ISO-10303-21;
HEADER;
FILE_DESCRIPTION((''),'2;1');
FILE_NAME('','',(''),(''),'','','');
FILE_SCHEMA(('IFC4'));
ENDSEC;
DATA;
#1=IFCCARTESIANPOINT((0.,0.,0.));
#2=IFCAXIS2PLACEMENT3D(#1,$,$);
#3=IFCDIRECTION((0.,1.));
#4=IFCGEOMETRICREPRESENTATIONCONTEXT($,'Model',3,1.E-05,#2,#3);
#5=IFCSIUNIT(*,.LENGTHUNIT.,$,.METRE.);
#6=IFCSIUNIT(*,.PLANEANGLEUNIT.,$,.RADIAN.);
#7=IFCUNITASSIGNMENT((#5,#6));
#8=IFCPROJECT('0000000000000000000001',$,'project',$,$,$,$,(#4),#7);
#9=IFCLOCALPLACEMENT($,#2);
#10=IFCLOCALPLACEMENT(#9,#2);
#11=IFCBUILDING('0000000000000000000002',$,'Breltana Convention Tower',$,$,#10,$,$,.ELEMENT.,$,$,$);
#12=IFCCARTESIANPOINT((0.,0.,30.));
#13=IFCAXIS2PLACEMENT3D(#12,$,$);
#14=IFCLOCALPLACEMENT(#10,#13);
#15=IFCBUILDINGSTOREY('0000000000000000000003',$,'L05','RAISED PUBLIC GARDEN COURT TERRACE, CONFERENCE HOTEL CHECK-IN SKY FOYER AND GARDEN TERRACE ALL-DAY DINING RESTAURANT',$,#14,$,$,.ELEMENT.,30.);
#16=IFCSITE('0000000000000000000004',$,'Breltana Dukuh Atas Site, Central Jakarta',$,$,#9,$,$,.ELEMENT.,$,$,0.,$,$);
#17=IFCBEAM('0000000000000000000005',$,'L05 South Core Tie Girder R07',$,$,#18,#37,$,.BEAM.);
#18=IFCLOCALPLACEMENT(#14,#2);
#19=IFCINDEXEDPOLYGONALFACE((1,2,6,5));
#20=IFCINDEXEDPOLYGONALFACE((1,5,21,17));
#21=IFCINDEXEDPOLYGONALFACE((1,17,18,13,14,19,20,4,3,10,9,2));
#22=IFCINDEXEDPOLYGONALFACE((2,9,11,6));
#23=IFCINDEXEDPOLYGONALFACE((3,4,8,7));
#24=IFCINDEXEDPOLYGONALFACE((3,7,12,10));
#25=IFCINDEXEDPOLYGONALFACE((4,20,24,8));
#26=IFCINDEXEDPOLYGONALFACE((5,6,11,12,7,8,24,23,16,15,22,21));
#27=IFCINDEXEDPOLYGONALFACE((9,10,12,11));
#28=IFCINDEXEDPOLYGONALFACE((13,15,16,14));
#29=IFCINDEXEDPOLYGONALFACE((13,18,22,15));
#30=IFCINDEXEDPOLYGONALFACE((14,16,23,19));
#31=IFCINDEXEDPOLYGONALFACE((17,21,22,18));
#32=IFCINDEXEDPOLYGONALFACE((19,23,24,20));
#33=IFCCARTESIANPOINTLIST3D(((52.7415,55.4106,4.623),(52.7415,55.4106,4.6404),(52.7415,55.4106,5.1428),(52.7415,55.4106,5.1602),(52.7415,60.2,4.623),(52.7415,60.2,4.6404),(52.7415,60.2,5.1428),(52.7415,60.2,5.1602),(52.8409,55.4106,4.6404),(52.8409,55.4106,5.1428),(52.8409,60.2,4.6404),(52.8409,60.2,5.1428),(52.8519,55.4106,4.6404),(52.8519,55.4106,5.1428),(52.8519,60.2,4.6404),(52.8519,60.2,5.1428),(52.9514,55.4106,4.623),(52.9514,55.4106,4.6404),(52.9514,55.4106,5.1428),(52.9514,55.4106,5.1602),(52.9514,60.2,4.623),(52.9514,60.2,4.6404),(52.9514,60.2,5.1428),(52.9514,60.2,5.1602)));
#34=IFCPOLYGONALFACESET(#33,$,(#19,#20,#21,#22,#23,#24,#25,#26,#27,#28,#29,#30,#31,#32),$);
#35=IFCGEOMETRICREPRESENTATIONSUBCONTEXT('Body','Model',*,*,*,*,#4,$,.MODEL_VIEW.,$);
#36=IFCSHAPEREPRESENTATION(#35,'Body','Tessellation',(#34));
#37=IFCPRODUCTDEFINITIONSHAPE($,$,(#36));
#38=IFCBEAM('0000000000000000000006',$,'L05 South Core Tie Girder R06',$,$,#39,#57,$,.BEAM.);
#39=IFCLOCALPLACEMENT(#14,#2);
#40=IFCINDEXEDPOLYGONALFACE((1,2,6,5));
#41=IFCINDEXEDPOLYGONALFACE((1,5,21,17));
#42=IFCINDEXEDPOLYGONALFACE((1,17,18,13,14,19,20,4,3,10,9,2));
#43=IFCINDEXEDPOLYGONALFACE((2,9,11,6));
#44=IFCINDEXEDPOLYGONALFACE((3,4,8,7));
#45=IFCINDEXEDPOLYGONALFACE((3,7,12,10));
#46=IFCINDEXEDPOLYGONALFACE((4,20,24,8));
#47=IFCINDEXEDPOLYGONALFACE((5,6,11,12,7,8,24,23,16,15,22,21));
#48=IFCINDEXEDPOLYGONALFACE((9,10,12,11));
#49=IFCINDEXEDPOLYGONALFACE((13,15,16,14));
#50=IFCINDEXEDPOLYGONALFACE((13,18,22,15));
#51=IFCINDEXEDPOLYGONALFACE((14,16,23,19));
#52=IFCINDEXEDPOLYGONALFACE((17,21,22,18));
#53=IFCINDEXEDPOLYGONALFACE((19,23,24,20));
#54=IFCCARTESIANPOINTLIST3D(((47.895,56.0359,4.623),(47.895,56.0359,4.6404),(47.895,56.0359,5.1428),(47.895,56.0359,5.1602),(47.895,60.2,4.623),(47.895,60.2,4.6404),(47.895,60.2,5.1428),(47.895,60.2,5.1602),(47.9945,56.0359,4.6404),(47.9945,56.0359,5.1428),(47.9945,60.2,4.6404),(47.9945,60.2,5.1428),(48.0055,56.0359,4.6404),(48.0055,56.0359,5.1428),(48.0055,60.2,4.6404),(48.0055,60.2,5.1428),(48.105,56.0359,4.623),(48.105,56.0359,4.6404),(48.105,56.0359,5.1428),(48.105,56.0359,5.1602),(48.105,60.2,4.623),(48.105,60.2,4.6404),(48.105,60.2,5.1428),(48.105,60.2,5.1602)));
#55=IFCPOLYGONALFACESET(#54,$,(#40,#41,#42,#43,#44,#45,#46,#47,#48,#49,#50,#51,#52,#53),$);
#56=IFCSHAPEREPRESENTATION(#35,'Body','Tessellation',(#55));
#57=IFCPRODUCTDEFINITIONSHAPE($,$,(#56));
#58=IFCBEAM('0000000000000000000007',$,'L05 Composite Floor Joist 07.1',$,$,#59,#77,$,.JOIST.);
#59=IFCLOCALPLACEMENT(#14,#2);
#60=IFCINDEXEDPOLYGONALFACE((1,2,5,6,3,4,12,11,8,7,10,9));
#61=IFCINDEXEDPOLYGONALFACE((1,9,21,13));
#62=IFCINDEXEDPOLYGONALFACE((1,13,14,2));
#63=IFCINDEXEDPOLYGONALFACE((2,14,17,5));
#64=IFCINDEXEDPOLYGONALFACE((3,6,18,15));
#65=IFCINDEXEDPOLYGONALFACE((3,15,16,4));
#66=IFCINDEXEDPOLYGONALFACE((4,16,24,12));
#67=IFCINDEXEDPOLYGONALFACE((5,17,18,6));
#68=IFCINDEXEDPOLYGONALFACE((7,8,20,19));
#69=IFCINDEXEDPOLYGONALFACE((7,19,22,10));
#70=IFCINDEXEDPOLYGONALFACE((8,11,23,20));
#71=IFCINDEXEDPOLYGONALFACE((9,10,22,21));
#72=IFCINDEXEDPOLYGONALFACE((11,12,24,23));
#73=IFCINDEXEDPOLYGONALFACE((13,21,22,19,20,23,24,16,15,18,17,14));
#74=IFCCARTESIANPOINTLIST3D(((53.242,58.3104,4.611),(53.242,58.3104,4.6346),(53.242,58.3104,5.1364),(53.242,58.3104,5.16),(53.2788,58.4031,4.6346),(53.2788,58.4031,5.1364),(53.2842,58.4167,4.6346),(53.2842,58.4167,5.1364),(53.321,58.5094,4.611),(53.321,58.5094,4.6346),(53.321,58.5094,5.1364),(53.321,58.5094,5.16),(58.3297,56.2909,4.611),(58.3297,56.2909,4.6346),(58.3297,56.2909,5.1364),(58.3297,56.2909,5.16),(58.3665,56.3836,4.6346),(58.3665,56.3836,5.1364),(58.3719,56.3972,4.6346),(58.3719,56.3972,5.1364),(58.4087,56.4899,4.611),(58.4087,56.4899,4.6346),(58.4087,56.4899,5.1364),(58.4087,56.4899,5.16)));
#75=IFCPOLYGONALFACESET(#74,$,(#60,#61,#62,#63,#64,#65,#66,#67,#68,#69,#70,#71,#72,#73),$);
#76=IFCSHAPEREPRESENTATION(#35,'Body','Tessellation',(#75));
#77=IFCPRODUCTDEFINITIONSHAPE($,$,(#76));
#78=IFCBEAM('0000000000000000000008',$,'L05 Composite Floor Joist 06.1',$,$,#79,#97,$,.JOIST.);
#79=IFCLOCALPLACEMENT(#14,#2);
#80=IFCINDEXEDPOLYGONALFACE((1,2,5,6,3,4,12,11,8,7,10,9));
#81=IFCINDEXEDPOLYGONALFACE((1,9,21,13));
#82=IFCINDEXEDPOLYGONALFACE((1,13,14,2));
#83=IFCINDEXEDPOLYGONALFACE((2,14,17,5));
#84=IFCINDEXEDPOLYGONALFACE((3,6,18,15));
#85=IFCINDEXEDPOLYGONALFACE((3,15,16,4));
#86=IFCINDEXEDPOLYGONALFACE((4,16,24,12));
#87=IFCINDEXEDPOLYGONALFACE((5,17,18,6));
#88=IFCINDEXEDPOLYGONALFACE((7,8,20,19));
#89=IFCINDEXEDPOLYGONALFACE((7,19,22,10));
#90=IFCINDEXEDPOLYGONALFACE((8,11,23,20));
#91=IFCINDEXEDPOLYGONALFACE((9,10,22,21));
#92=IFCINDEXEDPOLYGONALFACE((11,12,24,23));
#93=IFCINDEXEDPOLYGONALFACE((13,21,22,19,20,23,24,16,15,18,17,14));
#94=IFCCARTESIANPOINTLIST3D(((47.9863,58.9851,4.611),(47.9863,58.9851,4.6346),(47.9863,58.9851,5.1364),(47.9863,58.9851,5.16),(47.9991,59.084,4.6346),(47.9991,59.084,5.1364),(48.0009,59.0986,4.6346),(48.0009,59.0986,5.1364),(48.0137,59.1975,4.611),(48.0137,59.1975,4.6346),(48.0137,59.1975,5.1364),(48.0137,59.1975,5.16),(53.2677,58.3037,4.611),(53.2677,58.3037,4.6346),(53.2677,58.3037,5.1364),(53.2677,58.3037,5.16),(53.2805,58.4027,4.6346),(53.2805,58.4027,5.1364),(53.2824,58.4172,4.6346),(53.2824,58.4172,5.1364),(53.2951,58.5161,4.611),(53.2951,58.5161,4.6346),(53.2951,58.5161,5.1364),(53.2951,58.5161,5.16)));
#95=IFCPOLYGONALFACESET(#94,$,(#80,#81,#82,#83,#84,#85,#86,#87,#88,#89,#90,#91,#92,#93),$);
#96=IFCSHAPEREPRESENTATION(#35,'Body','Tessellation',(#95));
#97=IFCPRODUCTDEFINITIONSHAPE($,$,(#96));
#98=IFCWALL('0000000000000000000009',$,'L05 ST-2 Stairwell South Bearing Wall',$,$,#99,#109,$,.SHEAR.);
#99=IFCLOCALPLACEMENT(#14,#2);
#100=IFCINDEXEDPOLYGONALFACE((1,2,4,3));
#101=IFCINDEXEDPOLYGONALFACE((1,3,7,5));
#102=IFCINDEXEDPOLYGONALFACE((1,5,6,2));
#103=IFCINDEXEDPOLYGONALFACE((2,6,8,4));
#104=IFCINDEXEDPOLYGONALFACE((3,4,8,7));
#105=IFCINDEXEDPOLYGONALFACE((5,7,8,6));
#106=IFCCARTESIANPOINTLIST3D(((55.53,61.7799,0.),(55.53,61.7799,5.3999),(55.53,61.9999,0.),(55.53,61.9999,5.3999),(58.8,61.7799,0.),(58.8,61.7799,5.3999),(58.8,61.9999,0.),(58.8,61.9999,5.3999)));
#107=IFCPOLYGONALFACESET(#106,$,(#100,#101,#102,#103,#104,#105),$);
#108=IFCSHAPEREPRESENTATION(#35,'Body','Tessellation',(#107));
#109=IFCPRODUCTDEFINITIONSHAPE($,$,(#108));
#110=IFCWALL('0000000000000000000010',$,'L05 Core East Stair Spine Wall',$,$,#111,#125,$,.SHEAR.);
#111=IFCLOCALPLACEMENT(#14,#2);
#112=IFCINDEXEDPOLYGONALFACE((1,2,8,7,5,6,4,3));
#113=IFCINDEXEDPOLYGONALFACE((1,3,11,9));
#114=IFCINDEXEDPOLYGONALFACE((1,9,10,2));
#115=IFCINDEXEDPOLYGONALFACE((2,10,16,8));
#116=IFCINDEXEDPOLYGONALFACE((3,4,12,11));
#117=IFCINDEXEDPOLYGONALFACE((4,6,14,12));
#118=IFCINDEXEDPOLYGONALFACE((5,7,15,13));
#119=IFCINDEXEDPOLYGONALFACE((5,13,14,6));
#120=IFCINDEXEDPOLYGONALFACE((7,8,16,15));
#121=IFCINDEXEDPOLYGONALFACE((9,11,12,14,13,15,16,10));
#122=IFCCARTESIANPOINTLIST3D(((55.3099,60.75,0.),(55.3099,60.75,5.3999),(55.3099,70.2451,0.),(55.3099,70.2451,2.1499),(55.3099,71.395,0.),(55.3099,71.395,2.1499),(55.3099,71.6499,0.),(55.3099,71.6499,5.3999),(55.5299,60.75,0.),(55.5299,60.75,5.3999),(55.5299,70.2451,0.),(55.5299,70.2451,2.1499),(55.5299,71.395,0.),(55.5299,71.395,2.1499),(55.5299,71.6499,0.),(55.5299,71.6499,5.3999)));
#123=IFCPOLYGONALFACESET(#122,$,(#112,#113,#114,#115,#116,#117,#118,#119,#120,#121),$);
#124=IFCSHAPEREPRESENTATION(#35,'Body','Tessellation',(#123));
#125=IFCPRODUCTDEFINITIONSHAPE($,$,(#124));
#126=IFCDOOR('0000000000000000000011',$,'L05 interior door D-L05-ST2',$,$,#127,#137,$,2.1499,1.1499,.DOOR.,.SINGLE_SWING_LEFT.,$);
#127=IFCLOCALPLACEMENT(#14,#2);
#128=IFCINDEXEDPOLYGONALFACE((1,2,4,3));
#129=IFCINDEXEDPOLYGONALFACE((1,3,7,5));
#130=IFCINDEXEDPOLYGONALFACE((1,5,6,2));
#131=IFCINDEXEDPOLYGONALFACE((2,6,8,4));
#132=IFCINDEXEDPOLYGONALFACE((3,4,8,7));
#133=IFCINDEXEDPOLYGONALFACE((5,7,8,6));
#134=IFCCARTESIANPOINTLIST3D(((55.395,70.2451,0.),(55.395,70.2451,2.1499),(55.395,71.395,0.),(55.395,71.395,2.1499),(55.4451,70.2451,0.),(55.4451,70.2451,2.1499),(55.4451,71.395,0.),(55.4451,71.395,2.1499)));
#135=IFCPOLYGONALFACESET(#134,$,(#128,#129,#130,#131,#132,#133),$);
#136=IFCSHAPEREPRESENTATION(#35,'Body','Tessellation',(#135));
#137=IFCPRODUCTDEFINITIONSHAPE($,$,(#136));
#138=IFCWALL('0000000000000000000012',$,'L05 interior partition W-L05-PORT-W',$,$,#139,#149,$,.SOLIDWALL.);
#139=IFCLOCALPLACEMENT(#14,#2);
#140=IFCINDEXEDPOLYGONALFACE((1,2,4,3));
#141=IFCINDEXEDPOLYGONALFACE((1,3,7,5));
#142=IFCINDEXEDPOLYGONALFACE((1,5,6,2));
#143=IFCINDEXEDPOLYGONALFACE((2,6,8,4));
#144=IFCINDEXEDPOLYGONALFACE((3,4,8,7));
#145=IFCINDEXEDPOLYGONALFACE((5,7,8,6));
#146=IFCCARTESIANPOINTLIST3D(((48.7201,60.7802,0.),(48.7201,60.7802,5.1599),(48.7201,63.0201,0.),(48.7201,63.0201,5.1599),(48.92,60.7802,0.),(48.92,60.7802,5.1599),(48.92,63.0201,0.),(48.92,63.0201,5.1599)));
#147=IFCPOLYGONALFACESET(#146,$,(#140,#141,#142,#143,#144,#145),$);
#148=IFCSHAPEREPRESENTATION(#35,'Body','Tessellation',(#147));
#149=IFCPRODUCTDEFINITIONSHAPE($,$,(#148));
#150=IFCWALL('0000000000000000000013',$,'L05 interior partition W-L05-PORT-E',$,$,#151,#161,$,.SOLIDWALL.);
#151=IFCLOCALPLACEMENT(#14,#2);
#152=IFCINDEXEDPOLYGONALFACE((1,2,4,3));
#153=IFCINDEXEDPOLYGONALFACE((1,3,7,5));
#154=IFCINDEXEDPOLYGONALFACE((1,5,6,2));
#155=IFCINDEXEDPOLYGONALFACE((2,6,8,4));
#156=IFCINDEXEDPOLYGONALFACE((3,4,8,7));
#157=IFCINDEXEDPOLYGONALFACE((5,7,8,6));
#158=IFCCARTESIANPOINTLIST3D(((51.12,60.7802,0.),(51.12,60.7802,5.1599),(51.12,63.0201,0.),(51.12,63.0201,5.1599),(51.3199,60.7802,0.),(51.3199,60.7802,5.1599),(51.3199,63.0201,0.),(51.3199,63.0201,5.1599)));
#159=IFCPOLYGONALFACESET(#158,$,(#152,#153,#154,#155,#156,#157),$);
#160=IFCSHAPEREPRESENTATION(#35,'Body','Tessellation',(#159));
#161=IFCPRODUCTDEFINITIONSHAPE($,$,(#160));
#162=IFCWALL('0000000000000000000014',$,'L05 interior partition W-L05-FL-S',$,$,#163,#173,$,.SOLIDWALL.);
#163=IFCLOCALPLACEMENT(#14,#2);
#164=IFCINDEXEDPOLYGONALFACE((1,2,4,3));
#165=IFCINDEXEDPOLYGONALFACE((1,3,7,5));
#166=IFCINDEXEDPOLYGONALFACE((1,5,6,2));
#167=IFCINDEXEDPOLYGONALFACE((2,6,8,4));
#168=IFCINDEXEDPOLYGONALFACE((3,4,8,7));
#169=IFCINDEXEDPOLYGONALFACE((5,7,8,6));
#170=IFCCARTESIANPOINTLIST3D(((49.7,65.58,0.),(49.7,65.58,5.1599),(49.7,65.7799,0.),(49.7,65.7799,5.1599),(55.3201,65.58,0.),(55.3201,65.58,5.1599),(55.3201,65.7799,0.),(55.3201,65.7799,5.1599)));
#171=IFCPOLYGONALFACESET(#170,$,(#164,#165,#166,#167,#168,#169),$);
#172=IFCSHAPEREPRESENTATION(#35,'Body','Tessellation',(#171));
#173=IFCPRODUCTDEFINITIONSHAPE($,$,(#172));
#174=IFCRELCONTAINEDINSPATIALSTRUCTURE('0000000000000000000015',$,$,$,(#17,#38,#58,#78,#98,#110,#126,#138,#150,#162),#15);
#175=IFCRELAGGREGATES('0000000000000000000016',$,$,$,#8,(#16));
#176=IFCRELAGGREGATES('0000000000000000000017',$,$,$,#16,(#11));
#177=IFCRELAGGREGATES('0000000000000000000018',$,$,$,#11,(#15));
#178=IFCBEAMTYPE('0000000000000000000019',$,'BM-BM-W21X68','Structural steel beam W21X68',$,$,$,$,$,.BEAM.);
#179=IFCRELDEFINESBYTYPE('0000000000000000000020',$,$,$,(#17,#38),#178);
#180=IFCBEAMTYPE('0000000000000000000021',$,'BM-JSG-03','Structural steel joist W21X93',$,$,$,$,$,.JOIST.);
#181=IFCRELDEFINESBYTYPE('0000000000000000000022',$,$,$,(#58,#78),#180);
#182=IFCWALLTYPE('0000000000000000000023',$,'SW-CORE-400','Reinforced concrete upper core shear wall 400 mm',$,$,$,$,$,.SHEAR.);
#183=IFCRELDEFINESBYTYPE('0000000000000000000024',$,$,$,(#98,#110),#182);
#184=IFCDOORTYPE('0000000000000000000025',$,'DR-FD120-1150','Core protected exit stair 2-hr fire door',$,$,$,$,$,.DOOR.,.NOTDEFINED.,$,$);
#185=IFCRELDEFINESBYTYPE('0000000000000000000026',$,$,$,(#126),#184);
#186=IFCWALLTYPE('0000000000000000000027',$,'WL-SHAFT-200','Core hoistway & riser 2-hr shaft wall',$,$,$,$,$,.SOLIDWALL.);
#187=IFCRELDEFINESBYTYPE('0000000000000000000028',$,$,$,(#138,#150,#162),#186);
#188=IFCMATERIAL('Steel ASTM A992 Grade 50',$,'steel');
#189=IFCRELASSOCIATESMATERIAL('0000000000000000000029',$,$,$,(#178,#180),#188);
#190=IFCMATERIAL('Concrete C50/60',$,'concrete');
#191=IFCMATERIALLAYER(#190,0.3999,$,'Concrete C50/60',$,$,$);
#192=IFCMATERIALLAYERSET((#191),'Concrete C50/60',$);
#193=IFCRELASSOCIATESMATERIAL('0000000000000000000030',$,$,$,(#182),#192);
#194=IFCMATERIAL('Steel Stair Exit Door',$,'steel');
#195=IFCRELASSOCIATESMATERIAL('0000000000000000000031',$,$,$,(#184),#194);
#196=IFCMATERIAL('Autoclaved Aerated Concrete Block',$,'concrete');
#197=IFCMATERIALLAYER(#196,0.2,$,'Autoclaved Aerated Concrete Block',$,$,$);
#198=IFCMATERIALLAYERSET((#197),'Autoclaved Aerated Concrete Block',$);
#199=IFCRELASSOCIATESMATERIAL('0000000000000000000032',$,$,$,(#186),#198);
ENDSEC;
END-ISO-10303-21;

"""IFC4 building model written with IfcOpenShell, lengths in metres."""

from ifc_helpers import new_model, si_unit, direction, frame, frame_2d, origin, origin_2d, place, context, subcontext, project, spatial, rectangle, i_section, extrude, source, transform, mapped, material, layer, layer_set, material_profile, profile_set, type_object, type_shapes, element, fill, save


model = new_model("IFC4")

# Units and contexts
model_context = context("Model", 3, precision=1e-05, world=origin(), true_north=direction((0.0, 1.0)))
body_context = subcontext(model_context, "Body", "Model", "MODEL_VIEW")
ifc_project = project(units=[si_unit("LENGTHUNIT", "METRE"), si_unit("PLANEANGLEUNIT", "RADIAN")], contexts=[model_context])

# Site, building, storey
site_placement = place(None, origin())
site = spatial("IfcSite", under=ifc_project, at=site_placement, Name="Breltana Dukuh Atas Site, Central Jakarta", CompositionType="ELEMENT", RefElevation=0.0)
building_placement = place(site_placement, origin())
building = spatial("IfcBuilding", under=site, at=building_placement, Name="Breltana Convention Tower", CompositionType="ELEMENT")
storey_placement = place(building_placement, frame((0.0, 0.0, 30.0)))
storey = spatial("IfcBuildingStorey", under=building, at=storey_placement, Name="L05", Description="RAISED PUBLIC GARDEN COURT TERRACE, CONFERENCE HOTEL CHECK-IN SKY FOYER AND GARDEN TERRACE ALL-DAY DINING RESTAURANT", CompositionType="ELEMENT", Elevation=30.0)

# Beams
ifc_material_1 = material(Name="Steel ASTM A992 Grade 50", Category="steel")
ifc_material_profile_1 = material_profile(ifc_material_1, i_section(OverallWidth=0.21, OverallDepth=0.5371, WebThickness=0.011, FlangeThickness=0.0173, at=origin_2d()), Name="W21X68")
ifc_profile_set_1 = profile_set([ifc_material_profile_1], Name="Steel ASTM A992 Grade 50")
beam_type_1 = type_object("IfcBeamType", Name="BM-BM-W21X68", Description="Structural steel beam W21X68", PredefinedType="BEAM", material=ifc_profile_set_1)
shared_shape_1 = source(origin(), body_context, "Body", "SweptSolid", [
    extrude(i_section(OverallWidth=0.21, OverallDepth=0.5371, WebThickness=0.011, FlangeThickness=0.0173, at=origin_2d()), origin(), (0.0, 0.0, 1.0), 4.7893),
])
beam_1_placement = place(storey_placement, frame((52.8464, 60.2, 4.8916), z_axis=(0.0, -1.0, 0.0), x_axis=(1.0, 0.0, 0.0)))
element("IfcBeam", 1, at=beam_1_placement, inside=storey, type_object=beam_type_1, Name="L05 South Core Tie Girder R07", PredefinedType="BEAM", context=body_context, shape_type="MappedRepresentation", body=[
    mapped(shared_shape_1, transform((0.0, 0.0, 0.0), scale=1.0)),
])
shared_shape_2 = source(origin(), body_context, "Body", "SweptSolid", [
    extrude(i_section(OverallWidth=0.21, OverallDepth=0.5371, WebThickness=0.011, FlangeThickness=0.0173, at=origin_2d()), origin(), (0.0, 0.0, 1.0), 4.1641),
])
beam_2_placement = place(storey_placement, frame((48.0, 60.2, 4.8916), z_axis=(0.0, -1.0, 0.0), x_axis=(1.0, 0.0, 0.0)))
element("IfcBeam", 2, at=beam_2_placement, inside=storey, type_object=beam_type_1, Name="L05 South Core Tie Girder R06", PredefinedType="BEAM", context=body_context, shape_type="MappedRepresentation", body=[
    mapped(shared_shape_2, transform((0.0, 0.0, 0.0), scale=1.0)),
])
ifc_material_profile_2 = material_profile(ifc_material_1, i_section(OverallWidth=0.2141, OverallDepth=0.5491, WebThickness=0.0146, FlangeThickness=0.0237, at=origin_2d()), Name="W21X93")
ifc_profile_set_2 = profile_set([ifc_material_profile_2], Name="Steel ASTM A992 Grade 50")
beam_type_2 = type_object("IfcBeamType", Name="BM-JSG-03", Description="Structural steel joist W21X93", PredefinedType="JOIST", material=ifc_profile_set_2)
shared_shape_3 = source(origin(), body_context, "Body", "SweptSolid", [
    extrude(i_section(OverallWidth=0.2141, OverallDepth=0.5491, WebThickness=0.0146, FlangeThickness=0.0237, at=origin_2d()), origin(), (0.0, 0.0, 1.0), 5.4739),
])
beam_3_placement = place(storey_placement, frame((53.2815, 58.4099, 4.8855), z_axis=(0.929452, -0.368944, 0.0), x_axis=(0.368944, 0.929452, 0.0)))
element("IfcBeam", 3, at=beam_3_placement, inside=storey, type_object=beam_type_2, Name="L05 Composite Floor Joist 07.1", PredefinedType="JOIST", context=body_context, shape_type="MappedRepresentation", body=[
    mapped(shared_shape_3, transform((0.0, 0.0, 0.0), scale=1.0)),
])
shared_shape_4 = source(origin(), body_context, "Body", "SweptSolid", [
    extrude(i_section(OverallWidth=0.2141, OverallDepth=0.5491, WebThickness=0.0146, FlangeThickness=0.0237, at=origin_2d()), origin(), (0.0, 0.0, 1.0), 5.3252),
])
beam_4_placement = place(storey_placement, frame((48.0, 59.0913, 4.8855), z_axis=(0.99178, -0.127955, 0.0), x_axis=(0.127955, 0.99178, 0.0)))
element("IfcBeam", 4, at=beam_4_placement, inside=storey, type_object=beam_type_2, Name="L05 Composite Floor Joist 06.1", PredefinedType="JOIST", context=body_context, shape_type="MappedRepresentation", body=[
    mapped(shared_shape_4, transform((0.0, 0.0, 0.0), scale=1.0)),
])

# Wall
ifc_material_2 = material(Name="Concrete C50/60", Category="concrete")
ifc_layer_1 = layer(ifc_material_2, 0.3999, Name="Concrete C50/60")
ifc_layer_set_1 = layer_set([ifc_layer_1], Name="Concrete C50/60")
wall_type_1 = type_object("IfcWallType", Name="SW-CORE-400", Description="Reinforced concrete upper core shear wall 400 mm", PredefinedType="SHEAR", material=ifc_layer_set_1)
shared_shape_5 = source(origin(), body_context, "Body", "SweptSolid", [
    extrude(rectangle(XDim=3.27, YDim=0.22, at=frame_2d((1.635, 0.0))), origin(), (0.0, 0.0, 1.0), 5.3999),
])
wall_1_placement = place(storey_placement, frame((55.53, 61.8899, 0.0), z_axis=(0.0, 0.0, 1.0), x_axis=(1.0, 0.0, 0.0)))
element("IfcWall", 5, at=wall_1_placement, inside=storey, type_object=wall_type_1, Name="L05 ST-2 Stairwell South Bearing Wall", PredefinedType="SHEAR", context=body_context, shape_type="MappedRepresentation", body=[
    mapped(shared_shape_5, transform((0.0, 0.0, 0.0), scale=1.0)),
])

# Wall, opening, door
shared_shape_6 = source(origin(), body_context, "Body", "SweptSolid", [
    extrude(rectangle(XDim=10.8999, YDim=0.22, at=frame_2d((5.45, 0.0))), origin(), (0.0, 0.0, 1.0), 5.3999),
])
wall_2_placement = place(storey_placement, frame((55.4199, 60.75, 0.0), z_axis=(0.0, 0.0, 1.0), x_axis=(0.0, 1.0, 0.0)))
wall_2 = element("IfcWall", 6, at=wall_2_placement, inside=storey, type_object=wall_type_1, Name="L05 Core East Stair Spine Wall", PredefinedType="SHEAR", context=body_context, shape_type="MappedRepresentation", body=[
    mapped(shared_shape_6, transform((0.0, 0.0, 0.0), scale=1.0)),
])
opening_1_placement = place(wall_2_placement, frame((9.4951, 0.0, 0.0)))
opening_1 = element("IfcOpeningElement", 7, at=opening_1_placement, cuts=wall_2, PredefinedType="OPENING", context=body_context, shape_type="SweptSolid", body=[
    extrude(rectangle(XDim=1.1499, YDim=2.1499, at=frame_2d((0.575, 1.075))), frame((0.0, 0.1201, 0.0), z_axis=(0.0, -1.0, 0.0), x_axis=(1.0, 0.0, 0.0)), (0.0, 0.0, 1.0), 0.24),
])
ifc_material_3 = material(Name="Steel Stair Exit Door", Category="steel")
door_type_1 = type_object("IfcDoorType", Name="DR-FD120-1150", Description="Core protected exit stair 2-hr fire door", OperationType="NOTDEFINED", PredefinedType="DOOR", material=ifc_material_3)
shared_shape_7 = source(origin(), body_context, "Body", "SweptSolid", [
    extrude(rectangle(XDim=1.1499, YDim=2.1499, at=frame_2d((0.575, 1.075))), frame((0.0, 0.0249, 0.0), z_axis=(0.0, -1.0, 0.0), x_axis=(1.0, 0.0, 0.0)), (0.0, 0.0, 1.0), 0.05),
])
type_shapes(door_type_1, [shared_shape_7])
door_1_placement = place(opening_1_placement, origin())
door_1 = element("IfcDoor", 8, at=door_1_placement, inside=storey, type_object=door_type_1, Name="L05 interior door D-L05-ST2", OperationType="SINGLE_SWING_LEFT", OverallHeight=2.1499, OverallWidth=1.1499, PredefinedType="DOOR", context=body_context, shape_type="MappedRepresentation", body=[
    mapped(shared_shape_7, transform((0.0, 0.0, 0.0), scale=1.0)),
])
fill(opening_1, door_1)

# Walls
ifc_material_4 = material(Name="Autoclaved Aerated Concrete Block", Category="concrete")
ifc_layer_2 = layer(ifc_material_4, 0.2, Name="Autoclaved Aerated Concrete Block")
ifc_layer_set_2 = layer_set([ifc_layer_2], Name="Autoclaved Aerated Concrete Block")
wall_type_2 = type_object("IfcWallType", Name="WL-SHAFT-200", Description="Core hoistway & riser 2-hr shaft wall", PredefinedType="SOLIDWALL", material=ifc_layer_set_2)
shared_shape_8 = source(origin(), body_context, "Body", "SweptSolid", [
    extrude(rectangle(XDim=2.24, YDim=0.2, at=frame_2d((1.1201, 0.0))), origin(), (0.0, 0.0, 1.0), 5.1599),
])
for number, where, z_axis, x_axis, name in (
    (9, (48.8201, 60.78, 0.0), (0.0, 0.0, 1.0), (0.0, 1.0, 0.0), "L05 interior partition W-L05-PORT-W"),
    (10, (51.22, 60.78, 0.0), (0.0, 0.0, 1.0), (0.0, 1.0, 0.0), "L05 interior partition W-L05-PORT-E"),
):
    element("IfcWall", number, at=place(storey_placement, frame(where, z_axis=z_axis, x_axis=x_axis)), inside=storey, type_object=wall_type_2, Name=name, PredefinedType="SOLIDWALL", context=body_context, shape_type="MappedRepresentation", body=[
        mapped(shared_shape_8, transform((0.0, 0.0, 0.0), scale=1.0)),
    ])
shared_shape_9 = source(origin(), body_context, "Body", "SweptSolid", [
    extrude(rectangle(XDim=5.6201, YDim=0.2, at=frame_2d((2.8101, 0.0))), origin(), (0.0, 0.0, 1.0), 5.1599),
])
wall_3_placement = place(storey_placement, frame((49.7, 65.6799, 0.0), z_axis=(0.0, 0.0, 1.0), x_axis=(1.0, 0.0, 0.0)))
element("IfcWall", 11, at=wall_3_placement, inside=storey, type_object=wall_type_2, Name="L05 interior partition W-L05-FL-S", PredefinedType="SOLIDWALL", context=body_context, shape_type="MappedRepresentation", body=[
    mapped(shared_shape_9, transform((0.0, 0.0, 0.0), scale=1.0)),
])

save(model, "model.ifc")
